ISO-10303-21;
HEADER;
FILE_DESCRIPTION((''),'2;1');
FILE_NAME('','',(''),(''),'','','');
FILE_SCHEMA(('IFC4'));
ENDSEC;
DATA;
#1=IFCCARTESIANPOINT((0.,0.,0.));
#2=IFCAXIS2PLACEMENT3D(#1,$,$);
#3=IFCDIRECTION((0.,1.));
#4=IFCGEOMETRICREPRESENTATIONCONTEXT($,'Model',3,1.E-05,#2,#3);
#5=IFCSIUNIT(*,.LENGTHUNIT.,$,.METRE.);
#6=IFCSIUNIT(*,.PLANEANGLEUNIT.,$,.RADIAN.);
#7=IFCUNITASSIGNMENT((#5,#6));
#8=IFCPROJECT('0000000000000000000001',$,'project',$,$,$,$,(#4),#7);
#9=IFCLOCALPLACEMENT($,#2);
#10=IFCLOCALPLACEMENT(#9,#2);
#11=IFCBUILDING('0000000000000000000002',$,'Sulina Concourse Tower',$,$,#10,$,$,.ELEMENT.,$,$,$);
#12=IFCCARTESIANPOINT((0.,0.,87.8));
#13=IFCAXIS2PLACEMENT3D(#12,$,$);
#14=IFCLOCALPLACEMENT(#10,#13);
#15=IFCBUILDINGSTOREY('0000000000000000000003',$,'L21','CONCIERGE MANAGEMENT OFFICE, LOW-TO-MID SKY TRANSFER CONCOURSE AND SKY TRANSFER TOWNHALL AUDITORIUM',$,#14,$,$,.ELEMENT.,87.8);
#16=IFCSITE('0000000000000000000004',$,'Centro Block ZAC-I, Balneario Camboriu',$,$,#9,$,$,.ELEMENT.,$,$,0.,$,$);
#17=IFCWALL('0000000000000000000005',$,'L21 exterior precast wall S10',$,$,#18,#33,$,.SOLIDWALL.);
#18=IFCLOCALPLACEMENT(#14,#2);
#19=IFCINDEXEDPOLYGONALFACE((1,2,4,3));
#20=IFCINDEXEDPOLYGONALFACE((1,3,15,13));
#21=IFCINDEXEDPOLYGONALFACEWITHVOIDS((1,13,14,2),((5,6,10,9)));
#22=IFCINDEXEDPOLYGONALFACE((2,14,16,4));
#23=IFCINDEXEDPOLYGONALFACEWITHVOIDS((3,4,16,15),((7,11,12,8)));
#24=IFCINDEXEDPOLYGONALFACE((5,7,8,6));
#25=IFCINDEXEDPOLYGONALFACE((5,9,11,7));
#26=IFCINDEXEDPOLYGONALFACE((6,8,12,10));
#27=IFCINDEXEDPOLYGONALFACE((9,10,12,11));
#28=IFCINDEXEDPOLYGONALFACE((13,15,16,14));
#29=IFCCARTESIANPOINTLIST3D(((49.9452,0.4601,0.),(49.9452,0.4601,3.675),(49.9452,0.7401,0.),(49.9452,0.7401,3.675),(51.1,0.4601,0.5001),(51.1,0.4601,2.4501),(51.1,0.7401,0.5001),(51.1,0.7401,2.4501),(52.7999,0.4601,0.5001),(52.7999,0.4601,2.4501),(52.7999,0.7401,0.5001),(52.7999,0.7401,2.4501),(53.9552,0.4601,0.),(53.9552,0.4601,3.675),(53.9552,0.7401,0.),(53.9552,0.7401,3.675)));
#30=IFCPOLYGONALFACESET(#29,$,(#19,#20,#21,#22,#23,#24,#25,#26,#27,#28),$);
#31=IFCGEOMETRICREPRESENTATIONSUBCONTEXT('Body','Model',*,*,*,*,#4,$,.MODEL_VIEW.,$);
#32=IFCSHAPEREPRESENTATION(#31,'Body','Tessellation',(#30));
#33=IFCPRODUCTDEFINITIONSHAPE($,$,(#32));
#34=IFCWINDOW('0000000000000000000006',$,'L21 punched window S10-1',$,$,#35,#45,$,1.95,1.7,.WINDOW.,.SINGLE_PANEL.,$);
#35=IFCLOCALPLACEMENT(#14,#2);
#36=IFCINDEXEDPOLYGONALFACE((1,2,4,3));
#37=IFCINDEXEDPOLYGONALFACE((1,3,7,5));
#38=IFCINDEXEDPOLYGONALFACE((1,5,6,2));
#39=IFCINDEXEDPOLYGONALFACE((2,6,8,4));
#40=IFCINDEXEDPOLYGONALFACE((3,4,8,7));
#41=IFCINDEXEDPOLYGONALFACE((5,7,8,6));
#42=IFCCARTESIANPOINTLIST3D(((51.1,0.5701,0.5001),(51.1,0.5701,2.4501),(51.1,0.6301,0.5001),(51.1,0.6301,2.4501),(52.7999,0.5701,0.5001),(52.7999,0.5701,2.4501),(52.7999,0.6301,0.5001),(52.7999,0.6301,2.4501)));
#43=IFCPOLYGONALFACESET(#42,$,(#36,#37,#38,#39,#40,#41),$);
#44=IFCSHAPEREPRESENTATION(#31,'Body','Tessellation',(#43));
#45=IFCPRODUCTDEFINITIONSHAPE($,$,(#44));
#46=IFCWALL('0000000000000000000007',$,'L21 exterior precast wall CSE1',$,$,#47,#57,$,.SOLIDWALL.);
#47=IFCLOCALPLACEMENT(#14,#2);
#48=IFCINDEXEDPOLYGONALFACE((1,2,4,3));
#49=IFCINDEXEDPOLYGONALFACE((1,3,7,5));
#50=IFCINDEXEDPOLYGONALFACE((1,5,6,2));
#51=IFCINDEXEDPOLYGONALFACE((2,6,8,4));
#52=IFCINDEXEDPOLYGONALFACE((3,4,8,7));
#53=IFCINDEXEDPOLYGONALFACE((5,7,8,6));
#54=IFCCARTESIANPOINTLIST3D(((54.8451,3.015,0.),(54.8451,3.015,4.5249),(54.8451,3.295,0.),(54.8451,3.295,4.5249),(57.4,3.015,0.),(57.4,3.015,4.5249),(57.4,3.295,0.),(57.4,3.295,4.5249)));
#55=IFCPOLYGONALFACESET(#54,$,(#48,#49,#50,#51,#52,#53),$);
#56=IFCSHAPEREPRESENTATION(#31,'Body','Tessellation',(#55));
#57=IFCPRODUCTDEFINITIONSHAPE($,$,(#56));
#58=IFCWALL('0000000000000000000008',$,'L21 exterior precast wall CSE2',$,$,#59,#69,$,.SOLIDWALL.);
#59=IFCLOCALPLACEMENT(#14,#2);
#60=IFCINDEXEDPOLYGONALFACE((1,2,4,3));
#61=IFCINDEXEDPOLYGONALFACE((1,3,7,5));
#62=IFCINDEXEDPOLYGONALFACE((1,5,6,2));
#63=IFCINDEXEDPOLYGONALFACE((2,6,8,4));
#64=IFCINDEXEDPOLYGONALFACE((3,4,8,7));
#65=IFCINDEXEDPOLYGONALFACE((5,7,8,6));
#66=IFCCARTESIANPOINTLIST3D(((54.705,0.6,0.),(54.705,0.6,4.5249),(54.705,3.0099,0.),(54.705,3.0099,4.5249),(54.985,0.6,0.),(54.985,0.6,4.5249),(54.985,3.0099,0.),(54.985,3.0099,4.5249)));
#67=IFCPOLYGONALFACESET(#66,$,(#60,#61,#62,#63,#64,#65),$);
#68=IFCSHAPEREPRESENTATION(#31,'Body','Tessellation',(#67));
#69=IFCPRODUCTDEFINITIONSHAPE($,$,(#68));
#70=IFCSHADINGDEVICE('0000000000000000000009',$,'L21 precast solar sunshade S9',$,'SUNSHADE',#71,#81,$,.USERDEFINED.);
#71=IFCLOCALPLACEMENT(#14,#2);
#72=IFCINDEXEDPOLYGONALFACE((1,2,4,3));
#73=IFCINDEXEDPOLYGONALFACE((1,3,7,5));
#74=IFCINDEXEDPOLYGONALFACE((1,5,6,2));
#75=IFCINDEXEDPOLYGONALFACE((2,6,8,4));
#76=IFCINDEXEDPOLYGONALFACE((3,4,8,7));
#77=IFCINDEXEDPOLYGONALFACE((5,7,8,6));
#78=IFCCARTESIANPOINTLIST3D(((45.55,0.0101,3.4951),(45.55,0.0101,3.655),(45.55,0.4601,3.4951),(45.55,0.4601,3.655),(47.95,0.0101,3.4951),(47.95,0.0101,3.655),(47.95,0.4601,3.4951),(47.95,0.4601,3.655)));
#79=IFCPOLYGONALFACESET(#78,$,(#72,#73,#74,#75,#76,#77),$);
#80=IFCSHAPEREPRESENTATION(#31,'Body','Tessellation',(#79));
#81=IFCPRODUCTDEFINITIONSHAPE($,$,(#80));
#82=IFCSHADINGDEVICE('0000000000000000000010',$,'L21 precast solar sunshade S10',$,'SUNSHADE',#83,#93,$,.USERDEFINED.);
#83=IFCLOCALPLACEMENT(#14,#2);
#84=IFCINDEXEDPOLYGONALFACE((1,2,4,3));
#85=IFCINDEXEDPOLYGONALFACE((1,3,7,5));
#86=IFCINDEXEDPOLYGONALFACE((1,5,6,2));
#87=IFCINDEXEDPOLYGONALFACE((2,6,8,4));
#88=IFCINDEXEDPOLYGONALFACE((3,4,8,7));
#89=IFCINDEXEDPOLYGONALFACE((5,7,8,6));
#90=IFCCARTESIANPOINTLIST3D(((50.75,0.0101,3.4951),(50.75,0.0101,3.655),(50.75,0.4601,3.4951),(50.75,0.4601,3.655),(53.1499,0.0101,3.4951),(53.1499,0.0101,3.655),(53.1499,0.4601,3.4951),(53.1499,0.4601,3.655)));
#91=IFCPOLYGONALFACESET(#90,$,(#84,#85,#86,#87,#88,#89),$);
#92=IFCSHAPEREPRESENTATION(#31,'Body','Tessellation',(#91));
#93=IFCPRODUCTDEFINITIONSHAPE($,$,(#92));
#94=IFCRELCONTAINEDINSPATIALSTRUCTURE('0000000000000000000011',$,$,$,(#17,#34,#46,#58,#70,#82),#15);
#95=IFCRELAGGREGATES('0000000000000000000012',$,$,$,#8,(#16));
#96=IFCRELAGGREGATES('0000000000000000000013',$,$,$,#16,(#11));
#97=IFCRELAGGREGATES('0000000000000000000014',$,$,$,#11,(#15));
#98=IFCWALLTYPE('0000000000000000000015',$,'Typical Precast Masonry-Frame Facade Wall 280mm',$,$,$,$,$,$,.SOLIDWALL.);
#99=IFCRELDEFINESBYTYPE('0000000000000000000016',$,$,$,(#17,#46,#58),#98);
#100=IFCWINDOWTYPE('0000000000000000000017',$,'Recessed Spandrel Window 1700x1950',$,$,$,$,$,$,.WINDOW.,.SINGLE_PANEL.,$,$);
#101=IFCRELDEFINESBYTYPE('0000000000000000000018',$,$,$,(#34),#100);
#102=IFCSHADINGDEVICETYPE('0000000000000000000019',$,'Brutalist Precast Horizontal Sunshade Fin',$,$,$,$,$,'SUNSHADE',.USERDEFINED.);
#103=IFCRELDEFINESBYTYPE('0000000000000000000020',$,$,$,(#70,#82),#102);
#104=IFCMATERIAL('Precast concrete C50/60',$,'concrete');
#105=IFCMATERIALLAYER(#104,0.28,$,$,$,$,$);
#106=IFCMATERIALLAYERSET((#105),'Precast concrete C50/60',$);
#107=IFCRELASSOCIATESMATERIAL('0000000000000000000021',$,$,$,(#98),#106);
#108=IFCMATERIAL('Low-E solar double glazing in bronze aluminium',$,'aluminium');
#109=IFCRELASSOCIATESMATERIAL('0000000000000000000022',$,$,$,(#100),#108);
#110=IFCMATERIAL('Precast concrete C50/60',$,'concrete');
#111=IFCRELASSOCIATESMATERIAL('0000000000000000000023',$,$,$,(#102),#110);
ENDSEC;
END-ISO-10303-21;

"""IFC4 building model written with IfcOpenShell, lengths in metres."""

from ifc_helpers import new_model, si_unit, direction, frame, frame_2d, origin, origin_2d, place, context, subcontext, project, spatial, rectangle, extrude, material, layer, layer_set, type_object, element, fill, save


model = new_model("IFC4")

# Units and contexts
model_context = context("Model", 3, precision=1e-05, world=origin(), true_north=direction((0.0, 1.0)))
body_context = subcontext(model_context, "Body", "Model", "MODEL_VIEW")
ifc_project = project(units=[si_unit("LENGTHUNIT", "METRE"), si_unit("PLANEANGLEUNIT", "RADIAN")], contexts=[model_context])

# Site, building, storey
site_placement = place(None, origin())
site = spatial("IfcSite", under=ifc_project, at=site_placement, Name="Centro Block ZAC-I, Balneario Camboriu", CompositionType="ELEMENT", RefElevation=0.0)
building_placement = place(site_placement, origin())
building = spatial("IfcBuilding", under=site, at=building_placement, Name="Sulina Concourse Tower", CompositionType="ELEMENT")
storey_placement = place(building_placement, frame((0.0, 0.0, 87.8)))
storey = spatial("IfcBuildingStorey", under=building, at=storey_placement, Name="L21", Description="CONCIERGE MANAGEMENT OFFICE, LOW-TO-MID SKY TRANSFER CONCOURSE AND SKY TRANSFER TOWNHALL AUDITORIUM", CompositionType="ELEMENT", Elevation=87.8)

# Shared definitions
ifc_material_1 = material(Name="Precast concrete C50/60", Category="concrete")
ifc_layer = layer(ifc_material_1, 0.28)
ifc_layer_set = layer_set([ifc_layer], Name="Precast concrete C50/60")
wall_type = type_object("IfcWallType", Name="Typical Precast Masonry-Frame Facade Wall 280mm", PredefinedType="SOLIDWALL", material=ifc_layer_set)

# Wall, opening, window
wall_1_placement = place(storey_placement, frame((53.9551, 0.6001, 0.0), z_axis=(0.0, 0.0, 1.0), x_axis=(-1.0, 0.0, 0.0)))
wall_1 = element("IfcWall", 1, at=wall_1_placement, inside=storey, type_object=wall_type, Name="L21 exterior precast wall S10", PredefinedType="SOLIDWALL", context=body_context, shape_type="SweptSolid", body=[
    extrude(rectangle(XDim=4.01, YDim=0.28, at=frame_2d((2.0049, 0.0))), origin(), (0.0, 0.0, 1.0), 3.675),
])
opening_placement = place(wall_1_placement, frame((1.155, 0.0, 0.5)))
opening = element("IfcOpeningElement", 2, at=opening_placement, cuts=wall_1, PredefinedType="OPENING", context=body_context, shape_type="SweptSolid", body=[
    extrude(rectangle(XDim=1.7, YDim=1.95, at=frame_2d((0.8501, 0.9751))), frame((0.0, 0.1499, 0.0), z_axis=(0.0, -1.0, 0.0), x_axis=(1.0, 0.0, 0.0)), (0.0, 0.0, 1.0), 0.3),
])
ifc_material_2 = material(Name="Low-E solar double glazing in bronze aluminium", Category="aluminium")
window_type = type_object("IfcWindowType", Name="Recessed Spandrel Window 1700x1950", PartitioningType="SINGLE_PANEL", PredefinedType="WINDOW", material=ifc_material_2)
window_placement = place(opening_placement, origin())
window = element("IfcWindow", 3, at=window_placement, inside=storey, type_object=window_type, Name="L21 punched window S10-1", OverallHeight=1.95, OverallWidth=1.7, PartitioningType="SINGLE_PANEL", PredefinedType="WINDOW", context=body_context, shape_type="SweptSolid", body=[
    extrude(rectangle(XDim=1.7, YDim=1.95, at=frame_2d((0.8501, 0.9751))), frame((0.0, 0.03, 0.0), z_axis=(0.0, -1.0, 0.0), x_axis=(1.0, 0.0, 0.0)), (0.0, 0.0, 1.0), 0.0601),
])
fill(opening, window)

# Walls
wall_2_placement = place(storey_placement, frame((57.3999, 3.155, 0.0), z_axis=(0.0, 0.0, 1.0), x_axis=(-1.0, 0.0, 0.0)))
element("IfcWall", 4, at=wall_2_placement, inside=storey, type_object=wall_type, Name="L21 exterior precast wall CSE1", PredefinedType="SOLIDWALL", context=body_context, shape_type="SweptSolid", body=[
    extrude(rectangle(XDim=2.5549, YDim=0.28, at=frame_2d((1.2773, 0.0))), origin(), (0.0, 0.0, 1.0), 4.5249),
])
wall_3_placement = place(storey_placement, frame((54.845, 3.01, 0.0), z_axis=(0.0, 0.0, 1.0), x_axis=(0.0, -1.0, 0.0)))
element("IfcWall", 5, at=wall_3_placement, inside=storey, type_object=wall_type, Name="L21 exterior precast wall CSE2", PredefinedType="SOLIDWALL", context=body_context, shape_type="SweptSolid", body=[
    extrude(rectangle(XDim=2.4099, YDim=0.28, at=frame_2d((1.2051, 0.0))), origin(), (0.0, 0.0, 1.0), 4.5249),
])

# Shading devices
ifc_material_3 = material(Name="Precast concrete C50/60", Category="concrete")
shading_device_type = type_object("IfcShadingDeviceType", Name="Brutalist Precast Horizontal Sunshade Fin", ElementType="SUNSHADE", PredefinedType="USERDEFINED", material=ifc_material_3)
for number, where, z_axis, x_axis, name in (
    (6, (46.75, 0.2351, 3.4951), (0.0, 0.0, 1.0), (1.0, 0.0, 0.0), "L21 precast solar sunshade S9"),
    (7, (51.95, 0.2351, 3.4951), (0.0, 0.0, 1.0), (1.0, 0.0, 0.0), "L21 precast solar sunshade S10"),
):
    element("IfcShadingDevice", number, at=place(storey_placement, frame(where, z_axis=z_axis, x_axis=x_axis)), inside=storey, type_object=shading_device_type, Name=name, ObjectType="SUNSHADE", PredefinedType="USERDEFINED", context=body_context, shape_type="SweptSolid", body=[
        extrude(rectangle(XDim=2.3999, YDim=0.45, at=origin_2d()), origin(), (0.0, 0.0, 1.0), 0.1599),
    ])

save(model, "model.ifc")
